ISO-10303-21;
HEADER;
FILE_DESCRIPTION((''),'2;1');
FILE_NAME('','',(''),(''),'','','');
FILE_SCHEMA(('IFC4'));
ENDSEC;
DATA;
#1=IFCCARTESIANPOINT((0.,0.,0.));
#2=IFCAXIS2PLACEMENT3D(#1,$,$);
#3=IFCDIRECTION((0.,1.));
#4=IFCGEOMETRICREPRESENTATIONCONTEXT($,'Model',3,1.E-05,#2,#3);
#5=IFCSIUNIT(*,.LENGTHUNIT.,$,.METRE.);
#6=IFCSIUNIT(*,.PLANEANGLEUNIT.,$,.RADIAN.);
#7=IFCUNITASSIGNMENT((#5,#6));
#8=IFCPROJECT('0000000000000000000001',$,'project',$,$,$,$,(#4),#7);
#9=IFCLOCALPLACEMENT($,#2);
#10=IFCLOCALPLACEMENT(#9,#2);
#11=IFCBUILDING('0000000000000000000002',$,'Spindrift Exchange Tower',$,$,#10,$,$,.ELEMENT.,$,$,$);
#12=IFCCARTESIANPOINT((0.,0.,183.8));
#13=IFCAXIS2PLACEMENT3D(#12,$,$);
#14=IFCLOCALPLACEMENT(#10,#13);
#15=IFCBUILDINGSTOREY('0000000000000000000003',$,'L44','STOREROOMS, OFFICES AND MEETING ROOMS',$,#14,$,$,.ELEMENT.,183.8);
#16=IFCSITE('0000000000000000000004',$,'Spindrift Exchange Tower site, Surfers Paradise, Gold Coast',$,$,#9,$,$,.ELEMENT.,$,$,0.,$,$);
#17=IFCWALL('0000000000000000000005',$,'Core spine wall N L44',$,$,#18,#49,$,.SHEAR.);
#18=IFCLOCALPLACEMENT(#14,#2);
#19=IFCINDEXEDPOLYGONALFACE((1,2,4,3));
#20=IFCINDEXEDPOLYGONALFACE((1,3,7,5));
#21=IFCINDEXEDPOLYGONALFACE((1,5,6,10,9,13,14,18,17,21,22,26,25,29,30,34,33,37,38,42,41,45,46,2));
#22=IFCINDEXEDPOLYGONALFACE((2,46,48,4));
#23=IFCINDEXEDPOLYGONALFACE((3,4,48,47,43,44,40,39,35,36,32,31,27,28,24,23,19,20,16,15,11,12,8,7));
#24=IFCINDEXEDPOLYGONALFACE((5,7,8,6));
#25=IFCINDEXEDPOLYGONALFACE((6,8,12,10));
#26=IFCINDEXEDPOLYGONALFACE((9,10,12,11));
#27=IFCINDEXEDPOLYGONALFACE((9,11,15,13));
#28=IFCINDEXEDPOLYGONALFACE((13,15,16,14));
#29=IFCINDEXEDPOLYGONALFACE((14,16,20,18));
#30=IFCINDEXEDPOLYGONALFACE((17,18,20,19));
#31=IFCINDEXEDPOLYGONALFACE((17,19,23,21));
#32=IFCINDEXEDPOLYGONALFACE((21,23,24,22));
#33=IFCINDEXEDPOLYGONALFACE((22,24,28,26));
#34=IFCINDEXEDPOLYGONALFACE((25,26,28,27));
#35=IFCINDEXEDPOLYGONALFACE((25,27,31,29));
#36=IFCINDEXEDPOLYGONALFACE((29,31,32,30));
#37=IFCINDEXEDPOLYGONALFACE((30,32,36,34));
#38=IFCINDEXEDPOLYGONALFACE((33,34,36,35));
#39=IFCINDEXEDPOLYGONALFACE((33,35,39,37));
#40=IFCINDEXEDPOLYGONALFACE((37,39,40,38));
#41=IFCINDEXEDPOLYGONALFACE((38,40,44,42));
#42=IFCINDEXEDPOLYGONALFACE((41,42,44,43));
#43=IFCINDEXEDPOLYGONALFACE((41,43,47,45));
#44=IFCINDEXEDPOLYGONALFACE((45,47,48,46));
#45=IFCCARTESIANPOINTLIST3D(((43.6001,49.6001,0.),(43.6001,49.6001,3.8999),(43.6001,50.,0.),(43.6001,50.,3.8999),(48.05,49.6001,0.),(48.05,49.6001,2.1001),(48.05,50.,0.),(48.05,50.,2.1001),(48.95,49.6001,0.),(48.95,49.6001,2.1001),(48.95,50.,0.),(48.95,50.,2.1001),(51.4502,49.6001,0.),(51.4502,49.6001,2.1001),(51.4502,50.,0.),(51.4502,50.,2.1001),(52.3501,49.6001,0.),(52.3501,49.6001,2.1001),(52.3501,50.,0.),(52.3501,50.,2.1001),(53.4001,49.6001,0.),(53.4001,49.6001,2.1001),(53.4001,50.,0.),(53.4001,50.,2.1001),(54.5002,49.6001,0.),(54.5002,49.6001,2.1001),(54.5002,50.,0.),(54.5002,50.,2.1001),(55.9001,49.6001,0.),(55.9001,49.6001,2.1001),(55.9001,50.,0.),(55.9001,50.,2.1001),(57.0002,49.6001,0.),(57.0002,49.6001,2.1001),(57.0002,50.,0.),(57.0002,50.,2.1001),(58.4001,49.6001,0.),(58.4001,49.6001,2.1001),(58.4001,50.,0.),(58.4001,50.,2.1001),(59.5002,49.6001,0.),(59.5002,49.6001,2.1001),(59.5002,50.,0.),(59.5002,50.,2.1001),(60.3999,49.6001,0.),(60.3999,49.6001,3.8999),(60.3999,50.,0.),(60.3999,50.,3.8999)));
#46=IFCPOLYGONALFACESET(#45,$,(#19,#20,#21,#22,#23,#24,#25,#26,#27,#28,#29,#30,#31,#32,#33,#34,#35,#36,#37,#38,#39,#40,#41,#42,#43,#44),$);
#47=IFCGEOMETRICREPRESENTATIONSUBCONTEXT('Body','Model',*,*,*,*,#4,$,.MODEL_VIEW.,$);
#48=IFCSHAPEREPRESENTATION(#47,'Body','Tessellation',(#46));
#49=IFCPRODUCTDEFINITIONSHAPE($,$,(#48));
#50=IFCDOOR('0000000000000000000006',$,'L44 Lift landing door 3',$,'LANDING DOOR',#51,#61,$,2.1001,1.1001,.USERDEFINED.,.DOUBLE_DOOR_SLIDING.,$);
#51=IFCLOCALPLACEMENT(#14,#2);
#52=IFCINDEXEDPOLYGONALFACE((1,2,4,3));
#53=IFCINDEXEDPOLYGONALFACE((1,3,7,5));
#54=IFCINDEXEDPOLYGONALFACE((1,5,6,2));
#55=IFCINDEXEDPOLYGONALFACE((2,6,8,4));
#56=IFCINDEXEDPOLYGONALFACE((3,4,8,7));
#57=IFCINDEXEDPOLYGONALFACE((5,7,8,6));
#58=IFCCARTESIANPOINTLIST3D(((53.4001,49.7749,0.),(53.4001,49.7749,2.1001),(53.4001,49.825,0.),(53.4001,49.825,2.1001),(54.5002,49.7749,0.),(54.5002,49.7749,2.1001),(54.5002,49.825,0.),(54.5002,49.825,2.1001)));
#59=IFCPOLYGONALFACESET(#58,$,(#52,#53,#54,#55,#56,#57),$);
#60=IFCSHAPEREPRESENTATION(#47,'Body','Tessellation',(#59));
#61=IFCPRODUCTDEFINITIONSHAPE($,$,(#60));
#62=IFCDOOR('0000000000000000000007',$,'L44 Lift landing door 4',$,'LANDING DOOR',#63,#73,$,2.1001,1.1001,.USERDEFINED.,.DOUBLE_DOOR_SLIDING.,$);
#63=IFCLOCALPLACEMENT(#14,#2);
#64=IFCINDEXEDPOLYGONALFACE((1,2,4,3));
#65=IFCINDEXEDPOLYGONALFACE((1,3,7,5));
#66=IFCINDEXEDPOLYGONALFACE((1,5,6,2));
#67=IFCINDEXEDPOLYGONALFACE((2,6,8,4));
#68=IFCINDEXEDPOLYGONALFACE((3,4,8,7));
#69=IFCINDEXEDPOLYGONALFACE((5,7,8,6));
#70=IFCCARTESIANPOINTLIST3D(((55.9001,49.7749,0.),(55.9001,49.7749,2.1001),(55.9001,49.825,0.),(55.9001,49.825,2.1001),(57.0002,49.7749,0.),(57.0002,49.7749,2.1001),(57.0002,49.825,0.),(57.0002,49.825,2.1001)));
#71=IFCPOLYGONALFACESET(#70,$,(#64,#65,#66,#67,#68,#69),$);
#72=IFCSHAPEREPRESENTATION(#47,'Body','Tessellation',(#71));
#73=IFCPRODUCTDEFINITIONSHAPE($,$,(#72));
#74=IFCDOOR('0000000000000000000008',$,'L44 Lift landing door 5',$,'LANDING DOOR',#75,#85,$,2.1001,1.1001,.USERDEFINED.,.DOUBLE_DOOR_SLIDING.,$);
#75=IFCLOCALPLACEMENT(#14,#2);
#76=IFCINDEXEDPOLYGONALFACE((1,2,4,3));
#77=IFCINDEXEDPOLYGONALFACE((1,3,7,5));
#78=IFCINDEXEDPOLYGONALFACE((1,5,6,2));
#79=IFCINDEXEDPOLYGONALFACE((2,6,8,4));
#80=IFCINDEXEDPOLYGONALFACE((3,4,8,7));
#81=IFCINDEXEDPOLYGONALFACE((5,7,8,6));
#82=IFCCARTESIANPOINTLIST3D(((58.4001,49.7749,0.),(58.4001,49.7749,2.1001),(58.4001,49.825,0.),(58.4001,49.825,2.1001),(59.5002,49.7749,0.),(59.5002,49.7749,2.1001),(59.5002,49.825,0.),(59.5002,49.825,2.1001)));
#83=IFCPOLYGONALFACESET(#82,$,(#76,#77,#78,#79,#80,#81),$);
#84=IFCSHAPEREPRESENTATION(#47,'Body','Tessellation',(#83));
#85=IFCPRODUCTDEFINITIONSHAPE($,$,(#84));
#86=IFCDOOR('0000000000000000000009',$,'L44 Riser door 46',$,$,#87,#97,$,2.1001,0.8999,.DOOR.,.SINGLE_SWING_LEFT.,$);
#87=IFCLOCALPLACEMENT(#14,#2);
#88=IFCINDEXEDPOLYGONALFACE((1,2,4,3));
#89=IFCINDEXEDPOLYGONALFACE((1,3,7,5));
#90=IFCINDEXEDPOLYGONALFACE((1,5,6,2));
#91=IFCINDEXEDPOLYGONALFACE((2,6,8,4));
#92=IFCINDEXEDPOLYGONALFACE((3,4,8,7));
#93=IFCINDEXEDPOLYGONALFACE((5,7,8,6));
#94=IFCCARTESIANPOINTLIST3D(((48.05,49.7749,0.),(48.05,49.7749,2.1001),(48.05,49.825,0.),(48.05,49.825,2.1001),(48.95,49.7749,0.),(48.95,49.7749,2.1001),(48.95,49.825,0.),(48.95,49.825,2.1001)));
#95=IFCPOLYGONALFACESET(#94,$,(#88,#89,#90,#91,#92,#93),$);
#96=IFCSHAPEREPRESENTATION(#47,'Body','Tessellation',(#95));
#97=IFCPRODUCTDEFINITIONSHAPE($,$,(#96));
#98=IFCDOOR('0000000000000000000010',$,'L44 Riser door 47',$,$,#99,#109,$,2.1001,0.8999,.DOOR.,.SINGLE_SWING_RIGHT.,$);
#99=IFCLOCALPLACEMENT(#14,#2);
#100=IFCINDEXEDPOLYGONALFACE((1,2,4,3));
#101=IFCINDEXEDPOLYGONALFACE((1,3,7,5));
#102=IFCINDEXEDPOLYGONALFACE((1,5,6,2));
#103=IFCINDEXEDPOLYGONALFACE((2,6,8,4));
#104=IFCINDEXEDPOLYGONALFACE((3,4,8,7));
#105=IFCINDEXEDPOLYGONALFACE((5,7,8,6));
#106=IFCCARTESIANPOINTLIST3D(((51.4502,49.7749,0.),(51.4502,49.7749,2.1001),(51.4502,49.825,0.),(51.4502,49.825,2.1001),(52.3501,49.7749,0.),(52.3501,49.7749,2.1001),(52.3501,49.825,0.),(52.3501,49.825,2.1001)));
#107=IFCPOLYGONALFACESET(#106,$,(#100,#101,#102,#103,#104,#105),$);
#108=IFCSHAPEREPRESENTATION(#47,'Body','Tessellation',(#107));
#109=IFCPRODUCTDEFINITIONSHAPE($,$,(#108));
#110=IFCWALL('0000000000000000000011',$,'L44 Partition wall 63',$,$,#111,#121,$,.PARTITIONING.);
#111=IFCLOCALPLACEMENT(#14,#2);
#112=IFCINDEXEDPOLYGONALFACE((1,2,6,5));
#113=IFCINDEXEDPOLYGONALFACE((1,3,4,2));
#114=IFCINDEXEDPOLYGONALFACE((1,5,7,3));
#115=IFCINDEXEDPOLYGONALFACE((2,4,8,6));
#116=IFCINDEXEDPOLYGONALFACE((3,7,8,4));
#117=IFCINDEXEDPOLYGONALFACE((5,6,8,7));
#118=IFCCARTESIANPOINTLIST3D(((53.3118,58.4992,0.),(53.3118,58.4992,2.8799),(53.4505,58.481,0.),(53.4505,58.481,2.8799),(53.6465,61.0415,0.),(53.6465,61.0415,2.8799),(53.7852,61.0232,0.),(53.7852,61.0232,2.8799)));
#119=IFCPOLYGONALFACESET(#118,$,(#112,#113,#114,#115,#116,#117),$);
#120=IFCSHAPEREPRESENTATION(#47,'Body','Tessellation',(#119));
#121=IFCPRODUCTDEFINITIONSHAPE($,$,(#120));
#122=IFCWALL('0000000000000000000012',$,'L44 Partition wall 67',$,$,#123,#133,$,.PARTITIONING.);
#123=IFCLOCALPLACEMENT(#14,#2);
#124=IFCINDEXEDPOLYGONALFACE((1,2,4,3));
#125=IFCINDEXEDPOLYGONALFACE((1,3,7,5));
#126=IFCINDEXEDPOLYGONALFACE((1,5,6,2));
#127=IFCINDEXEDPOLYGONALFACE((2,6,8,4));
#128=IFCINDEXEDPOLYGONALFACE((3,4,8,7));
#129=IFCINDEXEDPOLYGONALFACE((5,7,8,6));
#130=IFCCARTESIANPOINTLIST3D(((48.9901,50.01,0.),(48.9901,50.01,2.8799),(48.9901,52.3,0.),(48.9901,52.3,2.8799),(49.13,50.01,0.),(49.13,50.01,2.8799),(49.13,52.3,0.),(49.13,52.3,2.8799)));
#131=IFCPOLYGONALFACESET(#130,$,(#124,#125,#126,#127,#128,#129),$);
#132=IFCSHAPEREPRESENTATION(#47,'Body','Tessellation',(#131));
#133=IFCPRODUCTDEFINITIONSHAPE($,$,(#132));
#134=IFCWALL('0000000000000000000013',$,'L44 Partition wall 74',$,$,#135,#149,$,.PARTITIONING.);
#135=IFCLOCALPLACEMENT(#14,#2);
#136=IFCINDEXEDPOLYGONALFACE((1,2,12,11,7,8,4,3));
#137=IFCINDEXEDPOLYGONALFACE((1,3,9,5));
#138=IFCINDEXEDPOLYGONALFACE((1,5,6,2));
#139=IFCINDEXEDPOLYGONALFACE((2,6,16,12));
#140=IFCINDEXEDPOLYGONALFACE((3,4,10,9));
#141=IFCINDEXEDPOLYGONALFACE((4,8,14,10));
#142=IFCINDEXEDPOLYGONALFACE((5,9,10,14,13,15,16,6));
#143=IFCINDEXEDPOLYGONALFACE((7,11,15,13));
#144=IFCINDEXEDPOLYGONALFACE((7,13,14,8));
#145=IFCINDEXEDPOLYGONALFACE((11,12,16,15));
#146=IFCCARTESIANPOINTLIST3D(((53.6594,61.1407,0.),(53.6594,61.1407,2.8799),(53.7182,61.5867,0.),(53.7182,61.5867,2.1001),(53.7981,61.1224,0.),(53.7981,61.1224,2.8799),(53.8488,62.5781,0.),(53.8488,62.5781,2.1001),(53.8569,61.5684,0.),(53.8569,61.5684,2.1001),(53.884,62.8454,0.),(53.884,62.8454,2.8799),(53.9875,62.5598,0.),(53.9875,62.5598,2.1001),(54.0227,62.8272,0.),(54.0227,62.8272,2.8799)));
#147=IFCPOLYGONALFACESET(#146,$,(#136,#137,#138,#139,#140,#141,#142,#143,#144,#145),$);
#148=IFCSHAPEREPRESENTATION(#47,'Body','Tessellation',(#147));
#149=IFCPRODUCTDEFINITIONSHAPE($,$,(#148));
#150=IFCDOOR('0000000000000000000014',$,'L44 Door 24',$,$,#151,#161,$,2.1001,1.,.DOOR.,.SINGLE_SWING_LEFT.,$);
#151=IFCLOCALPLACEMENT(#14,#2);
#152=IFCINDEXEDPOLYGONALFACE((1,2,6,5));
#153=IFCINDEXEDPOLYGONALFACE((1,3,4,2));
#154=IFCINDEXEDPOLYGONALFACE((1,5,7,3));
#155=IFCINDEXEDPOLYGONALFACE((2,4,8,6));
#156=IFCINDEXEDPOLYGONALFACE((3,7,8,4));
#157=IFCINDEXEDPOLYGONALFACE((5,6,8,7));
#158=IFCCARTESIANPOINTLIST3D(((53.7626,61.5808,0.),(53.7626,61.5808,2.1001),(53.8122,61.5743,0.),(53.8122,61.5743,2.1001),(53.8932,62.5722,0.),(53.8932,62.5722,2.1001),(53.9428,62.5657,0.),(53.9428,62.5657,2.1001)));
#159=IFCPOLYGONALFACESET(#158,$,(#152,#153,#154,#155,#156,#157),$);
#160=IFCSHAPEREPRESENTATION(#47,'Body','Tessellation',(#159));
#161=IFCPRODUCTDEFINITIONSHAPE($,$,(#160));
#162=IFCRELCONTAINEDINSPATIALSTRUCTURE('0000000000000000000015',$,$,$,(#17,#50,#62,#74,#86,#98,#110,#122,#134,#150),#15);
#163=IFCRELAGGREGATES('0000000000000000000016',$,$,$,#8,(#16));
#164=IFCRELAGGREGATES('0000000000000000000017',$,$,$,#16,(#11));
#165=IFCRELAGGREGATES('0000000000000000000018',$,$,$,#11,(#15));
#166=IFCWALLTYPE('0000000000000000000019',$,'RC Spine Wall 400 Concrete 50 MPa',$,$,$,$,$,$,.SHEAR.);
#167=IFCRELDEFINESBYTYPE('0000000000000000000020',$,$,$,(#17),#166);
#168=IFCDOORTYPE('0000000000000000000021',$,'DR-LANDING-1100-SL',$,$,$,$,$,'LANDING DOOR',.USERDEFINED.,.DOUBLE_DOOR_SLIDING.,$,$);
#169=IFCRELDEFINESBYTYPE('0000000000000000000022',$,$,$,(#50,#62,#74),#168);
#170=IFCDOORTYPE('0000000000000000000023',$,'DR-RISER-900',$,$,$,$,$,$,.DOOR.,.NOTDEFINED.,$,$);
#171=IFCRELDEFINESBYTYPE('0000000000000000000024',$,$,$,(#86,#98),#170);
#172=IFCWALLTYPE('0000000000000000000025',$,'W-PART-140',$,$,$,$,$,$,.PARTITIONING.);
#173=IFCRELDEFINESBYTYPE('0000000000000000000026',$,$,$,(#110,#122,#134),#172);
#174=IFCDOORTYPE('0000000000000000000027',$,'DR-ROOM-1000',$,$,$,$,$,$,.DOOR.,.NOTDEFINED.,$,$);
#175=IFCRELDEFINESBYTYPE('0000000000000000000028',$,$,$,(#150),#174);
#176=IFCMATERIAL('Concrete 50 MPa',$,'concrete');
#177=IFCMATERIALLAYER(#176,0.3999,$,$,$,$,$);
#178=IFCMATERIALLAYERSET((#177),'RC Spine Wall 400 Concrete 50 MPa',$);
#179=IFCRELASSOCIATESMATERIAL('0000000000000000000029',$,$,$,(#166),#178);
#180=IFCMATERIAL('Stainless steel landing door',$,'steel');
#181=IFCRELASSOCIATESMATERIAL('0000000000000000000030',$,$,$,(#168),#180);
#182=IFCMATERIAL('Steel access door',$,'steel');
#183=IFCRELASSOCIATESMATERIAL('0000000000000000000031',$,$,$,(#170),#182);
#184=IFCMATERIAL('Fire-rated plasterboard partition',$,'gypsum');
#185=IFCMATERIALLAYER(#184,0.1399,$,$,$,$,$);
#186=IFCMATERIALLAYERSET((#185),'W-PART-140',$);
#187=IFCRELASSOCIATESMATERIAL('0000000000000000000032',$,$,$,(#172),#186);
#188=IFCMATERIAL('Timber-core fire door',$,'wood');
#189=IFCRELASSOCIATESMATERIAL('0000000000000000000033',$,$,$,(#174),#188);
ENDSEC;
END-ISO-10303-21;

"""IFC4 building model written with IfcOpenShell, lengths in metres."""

from ifc_helpers import new_model, si_unit, direction, frame, frame_2d, origin, place, context, subcontext, project, spatial, rectangle, extrude, source, transform, mapped, material, layer, layer_set, type_object, element, fill, save


model = new_model("IFC4")

# Units and contexts
model_context = context("Model", 3, precision=1e-05, world=origin(), true_north=direction((0.0, 1.0)))
body_context = subcontext(model_context, "Body", "Model", "MODEL_VIEW")
ifc_project = project(units=[si_unit("LENGTHUNIT", "METRE"), si_unit("PLANEANGLEUNIT", "RADIAN")], contexts=[model_context])

# Site, building, storey
site_placement = place(None, origin())
site = spatial("IfcSite", under=ifc_project, at=site_placement, Name="Spindrift Exchange Tower site, Surfers Paradise, Gold Coast", CompositionType="ELEMENT", RefElevation=0.0)
building_placement = place(site_placement, origin())
building = spatial("IfcBuilding", under=site, at=building_placement, Name="Spindrift Exchange Tower", CompositionType="ELEMENT")
storey_placement = place(building_placement, frame((0.0, 0.0, 183.8)))
storey = spatial("IfcBuildingStorey", under=building, at=storey_placement, Name="L44", Description="STOREROOMS, OFFICES AND MEETING ROOMS", CompositionType="ELEMENT", Elevation=183.8)

# Shared definitions
ifc_material_1 = material(Name="Concrete 50 MPa", Category="concrete")
ifc_material_2 = material(Name="Timber-core fire door", Category="wood")

# Wall, openings, doors
ifc_layer_1 = layer(ifc_material_1, 0.3999)
ifc_layer_set_1 = layer_set([ifc_layer_1], Name="RC Spine Wall 400 Concrete 50 MPa")
wall_type_1 = type_object("IfcWallType", Name="RC Spine Wall 400 Concrete 50 MPa", PredefinedType="SHEAR", material=ifc_layer_set_1)
wall_1_placement = place(storey_placement, frame((43.6001, 49.8, 0.0), z_axis=(0.0, 0.0, 1.0), x_axis=(1.0, 0.0, 0.0)))
wall_1 = element("IfcWall", 1, at=wall_1_placement, inside=storey, type_object=wall_type_1, Name="Core spine wall N L44", PredefinedType="SHEAR", context=body_context, shape_type="SweptSolid", body=[
    extrude(rectangle(XDim=16.7998, YDim=0.3999, at=frame_2d((8.3999, 0.0))), origin(), (0.0, 0.0, 1.0), 3.8999),
])
opening_1_placement = place(wall_1_placement, frame((9.8, 0.0, 0.0)))
opening_1 = element("IfcOpeningElement", 2, at=opening_1_placement, cuts=wall_1, PredefinedType="OPENING", context=body_context, shape_type="SweptSolid", body=[
    extrude(rectangle(XDim=1.1001, YDim=2.1001, at=frame_2d((0.55, 1.05))), frame((0.0, 0.21, 0.0), z_axis=(0.0, -1.0, 0.0), x_axis=(1.0, 0.0, 0.0)), (0.0, 0.0, 1.0), 0.4199),
])
opening_2_placement = place(wall_1_placement, frame((12.3, 0.0, 0.0)))
opening_2 = element("IfcOpeningElement", 3, at=opening_2_placement, cuts=wall_1, PredefinedType="OPENING", context=body_context, shape_type="SweptSolid", body=[
    extrude(rectangle(XDim=1.1001, YDim=2.1001, at=frame_2d((0.55, 1.05))), frame((0.0, 0.21, 0.0), z_axis=(0.0, -1.0, 0.0), x_axis=(1.0, 0.0, 0.0)), (0.0, 0.0, 1.0), 0.4199),
])
opening_3_placement = place(wall_1_placement, frame((14.8, 0.0, 0.0)))
opening_3 = element("IfcOpeningElement", 4, at=opening_3_placement, cuts=wall_1, PredefinedType="OPENING", context=body_context, shape_type="SweptSolid", body=[
    extrude(rectangle(XDim=1.1001, YDim=2.1001, at=frame_2d((0.55, 1.05))), frame((0.0, 0.21, 0.0), z_axis=(0.0, -1.0, 0.0), x_axis=(1.0, 0.0, 0.0)), (0.0, 0.0, 1.0), 0.4199),
])
opening_4_placement = place(wall_1_placement, frame((4.45, 0.0, 0.0)))
opening_4 = element("IfcOpeningElement", 5, at=opening_4_placement, cuts=wall_1, PredefinedType="OPENING", context=body_context, shape_type="SweptSolid", body=[
    extrude(rectangle(XDim=0.8999, YDim=2.1001, at=frame_2d((0.45, 1.05))), frame((0.0, 0.21, 0.0), z_axis=(0.0, -1.0, 0.0), x_axis=(1.0, 0.0, 0.0)), (0.0, 0.0, 1.0), 0.4199),
])
opening_5_placement = place(wall_1_placement, frame((7.8501, 0.0, 0.0)))
opening_5 = element("IfcOpeningElement", 6, at=opening_5_placement, cuts=wall_1, PredefinedType="OPENING", context=body_context, shape_type="SweptSolid", body=[
    extrude(rectangle(XDim=0.8999, YDim=2.1001, at=frame_2d((0.45, 1.05))), frame((0.0, 0.21, 0.0), z_axis=(0.0, -1.0, 0.0), x_axis=(1.0, 0.0, 0.0)), (0.0, 0.0, 1.0), 0.4199),
])
ifc_material_3 = material(Name="Stainless steel landing door", Category="steel")
door_type_1 = type_object("IfcDoorType", Name="DR-LANDING-1100-SL", ElementType="LANDING DOOR", OperationType="DOUBLE_DOOR_SLIDING", PredefinedType="USERDEFINED", material=ifc_material_3)
shared_shape_1 = source(origin(), body_context, "Body", "SweptSolid", [
    extrude(rectangle(XDim=1.1001, YDim=2.1001, at=frame_2d((0.55, 1.05))), frame((0.0, 0.0249, 0.0), z_axis=(0.0, -1.0, 0.0), x_axis=(1.0, 0.0, 0.0)), (0.0, 0.0, 1.0), 0.05),
])
door_1_placement = place(opening_1_placement, origin())
door_1 = element("IfcDoor", 7, at=door_1_placement, inside=storey, type_object=door_type_1, Name="L44 Lift landing door 3", ObjectType="LANDING DOOR", OperationType="DOUBLE_DOOR_SLIDING", OverallHeight=2.1001, OverallWidth=1.1001, PredefinedType="USERDEFINED", context=body_context, shape_type="MappedRepresentation", body=[
    mapped(shared_shape_1, transform((0.0, 0.0, 0.0), scale=1.0)),
])
fill(opening_1, door_1)
door_2_placement = place(opening_2_placement, origin())
door_2 = element("IfcDoor", 8, at=door_2_placement, inside=storey, type_object=door_type_1, Name="L44 Lift landing door 4", ObjectType="LANDING DOOR", OperationType="DOUBLE_DOOR_SLIDING", OverallHeight=2.1001, OverallWidth=1.1001, PredefinedType="USERDEFINED", context=body_context, shape_type="MappedRepresentation", body=[
    mapped(shared_shape_1, transform((0.0, 0.0, 0.0), scale=1.0)),
])
fill(opening_2, door_2)
door_3_placement = place(opening_3_placement, origin())
door_3 = element("IfcDoor", 9, at=door_3_placement, inside=storey, type_object=door_type_1, Name="L44 Lift landing door 5", ObjectType="LANDING DOOR", OperationType="DOUBLE_DOOR_SLIDING", OverallHeight=2.1001, OverallWidth=1.1001, PredefinedType="USERDEFINED", context=body_context, shape_type="MappedRepresentation", body=[
    mapped(shared_shape_1, transform((0.0, 0.0, 0.0), scale=1.0)),
])
fill(opening_3, door_3)
ifc_material_4 = material(Name="Steel access door", Category="steel")
door_type_2 = type_object("IfcDoorType", Name="DR-RISER-900", OperationType="NOTDEFINED", PredefinedType="DOOR", material=ifc_material_4)
shared_shape_2 = source(origin(), body_context, "Body", "SweptSolid", [
    extrude(rectangle(XDim=0.8999, YDim=2.1001, at=frame_2d((0.45, 1.05))), frame((0.0, 0.0249, 0.0), z_axis=(0.0, -1.0, 0.0), x_axis=(1.0, 0.0, 0.0)), (0.0, 0.0, 1.0), 0.05),
])
door_4_placement = place(opening_4_placement, origin())
door_4 = element("IfcDoor", 10, at=door_4_placement, inside=storey, type_object=door_type_2, Name="L44 Riser door 46", OperationType="SINGLE_SWING_LEFT", OverallHeight=2.1001, OverallWidth=0.8999, PredefinedType="DOOR", context=body_context, shape_type="MappedRepresentation", body=[
    mapped(shared_shape_2, transform((0.0, 0.0, 0.0), scale=1.0)),
])
fill(opening_4, door_4)
door_5_placement = place(opening_5_placement, origin())
door_5 = element("IfcDoor", 11, at=door_5_placement, inside=storey, type_object=door_type_2, Name="L44 Riser door 47", OperationType="SINGLE_SWING_RIGHT", OverallHeight=2.1001, OverallWidth=0.8999, PredefinedType="DOOR", context=body_context, shape_type="MappedRepresentation", body=[
    mapped(shared_shape_2, transform((0.0, 0.0, 0.0), scale=1.0)),
])
fill(opening_5, door_5)

# Walls
ifc_material_5 = material(Name="Fire-rated plasterboard partition", Category="gypsum")
ifc_layer_2 = layer(ifc_material_5, 0.1399)
ifc_layer_set_2 = layer_set([ifc_layer_2], Name="W-PART-140")
wall_type_2 = type_object("IfcWallType", Name="W-PART-140", PredefinedType="PARTITIONING", material=ifc_layer_set_2)
wall_2_placement = place(storey_placement, frame((53.3811, 58.49, 0.0), z_axis=(0.0, 0.0, 1.0), x_axis=(0.130536, 0.991444, 0.0)))
element("IfcWall", 12, at=wall_2_placement, inside=storey, type_object=wall_type_2, Name="L44 Partition wall 63", PredefinedType="PARTITIONING", context=body_context, shape_type="SweptSolid", body=[
    extrude(rectangle(XDim=2.5642, YDim=0.1399, at=frame_2d((1.2822, 0.0))), origin(), (0.0, 0.0, 1.0), 2.8799),
])
wall_3_placement = place(storey_placement, frame((49.0601, 50.01, 0.0), z_axis=(0.0, 0.0, 1.0), x_axis=(0.0, 1.0, 0.0)))
element("IfcWall", 13, at=wall_3_placement, inside=storey, type_object=wall_type_2, Name="L44 Partition wall 67", PredefinedType="PARTITIONING", context=body_context, shape_type="SweptSolid", body=[
    extrude(rectangle(XDim=2.29, YDim=0.1399, at=frame_2d((1.145, 0.0))), origin(), (0.0, 0.0, 1.0), 2.8799),
])

# Wall, opening, door
wall_4_placement = place(storey_placement, frame((53.9534, 62.8364, 0.0), z_axis=(0.0, 0.0, 1.0), x_axis=(-0.13062, -0.991433, 0.0)))
wall_4 = element("IfcWall", 14, at=wall_4_placement, inside=storey, type_object=wall_type_2, Name="L44 Partition wall 74", PredefinedType="PARTITIONING", context=body_context, shape_type="SweptSolid", body=[
    extrude(rectangle(XDim=1.7195, YDim=0.1399, at=frame_2d((0.8599, 0.0))), origin(), (0.0, 0.0, 1.0), 2.8799),
])
opening_6_placement = place(wall_4_placement, frame((0.2698, 0.0, 0.0)))
opening_6 = element("IfcOpeningElement", 15, at=opening_6_placement, cuts=wall_4, PredefinedType="OPENING", context=body_context, shape_type="SweptSolid", body=[
    extrude(rectangle(XDim=1.0, YDim=2.1001, at=frame_2d((0.5, 1.05))), frame((0.0, 0.0798, 0.0), z_axis=(0.0, -1.0, 0.0), x_axis=(1.0, 0.0, 0.0)), (0.0, 0.0, 1.0), 0.1599),
])
door_type_3 = type_object("IfcDoorType", Name="DR-ROOM-1000", OperationType="NOTDEFINED", PredefinedType="DOOR", material=ifc_material_2)
shared_shape_3 = source(origin(), body_context, "Body", "SweptSolid", [
    extrude(rectangle(XDim=1.0, YDim=2.1001, at=frame_2d((0.5, 1.05))), frame((0.0, 0.0249, 0.0), z_axis=(0.0, -1.0, 0.0), x_axis=(1.0, 0.0, 0.0)), (0.0, 0.0, 1.0), 0.05),
])
door_6_placement = place(opening_6_placement, origin())
door_6 = element("IfcDoor", 16, at=door_6_placement, inside=storey, type_object=door_type_3, Name="L44 Door 24", OperationType="SINGLE_SWING_LEFT", OverallHeight=2.1001, OverallWidth=1.0, PredefinedType="DOOR", context=body_context, shape_type="MappedRepresentation", body=[
    mapped(shared_shape_3, transform((0.0, 0.0, 0.0), scale=1.0)),
])
fill(opening_6, door_6)

save(model, "model.ifc")
